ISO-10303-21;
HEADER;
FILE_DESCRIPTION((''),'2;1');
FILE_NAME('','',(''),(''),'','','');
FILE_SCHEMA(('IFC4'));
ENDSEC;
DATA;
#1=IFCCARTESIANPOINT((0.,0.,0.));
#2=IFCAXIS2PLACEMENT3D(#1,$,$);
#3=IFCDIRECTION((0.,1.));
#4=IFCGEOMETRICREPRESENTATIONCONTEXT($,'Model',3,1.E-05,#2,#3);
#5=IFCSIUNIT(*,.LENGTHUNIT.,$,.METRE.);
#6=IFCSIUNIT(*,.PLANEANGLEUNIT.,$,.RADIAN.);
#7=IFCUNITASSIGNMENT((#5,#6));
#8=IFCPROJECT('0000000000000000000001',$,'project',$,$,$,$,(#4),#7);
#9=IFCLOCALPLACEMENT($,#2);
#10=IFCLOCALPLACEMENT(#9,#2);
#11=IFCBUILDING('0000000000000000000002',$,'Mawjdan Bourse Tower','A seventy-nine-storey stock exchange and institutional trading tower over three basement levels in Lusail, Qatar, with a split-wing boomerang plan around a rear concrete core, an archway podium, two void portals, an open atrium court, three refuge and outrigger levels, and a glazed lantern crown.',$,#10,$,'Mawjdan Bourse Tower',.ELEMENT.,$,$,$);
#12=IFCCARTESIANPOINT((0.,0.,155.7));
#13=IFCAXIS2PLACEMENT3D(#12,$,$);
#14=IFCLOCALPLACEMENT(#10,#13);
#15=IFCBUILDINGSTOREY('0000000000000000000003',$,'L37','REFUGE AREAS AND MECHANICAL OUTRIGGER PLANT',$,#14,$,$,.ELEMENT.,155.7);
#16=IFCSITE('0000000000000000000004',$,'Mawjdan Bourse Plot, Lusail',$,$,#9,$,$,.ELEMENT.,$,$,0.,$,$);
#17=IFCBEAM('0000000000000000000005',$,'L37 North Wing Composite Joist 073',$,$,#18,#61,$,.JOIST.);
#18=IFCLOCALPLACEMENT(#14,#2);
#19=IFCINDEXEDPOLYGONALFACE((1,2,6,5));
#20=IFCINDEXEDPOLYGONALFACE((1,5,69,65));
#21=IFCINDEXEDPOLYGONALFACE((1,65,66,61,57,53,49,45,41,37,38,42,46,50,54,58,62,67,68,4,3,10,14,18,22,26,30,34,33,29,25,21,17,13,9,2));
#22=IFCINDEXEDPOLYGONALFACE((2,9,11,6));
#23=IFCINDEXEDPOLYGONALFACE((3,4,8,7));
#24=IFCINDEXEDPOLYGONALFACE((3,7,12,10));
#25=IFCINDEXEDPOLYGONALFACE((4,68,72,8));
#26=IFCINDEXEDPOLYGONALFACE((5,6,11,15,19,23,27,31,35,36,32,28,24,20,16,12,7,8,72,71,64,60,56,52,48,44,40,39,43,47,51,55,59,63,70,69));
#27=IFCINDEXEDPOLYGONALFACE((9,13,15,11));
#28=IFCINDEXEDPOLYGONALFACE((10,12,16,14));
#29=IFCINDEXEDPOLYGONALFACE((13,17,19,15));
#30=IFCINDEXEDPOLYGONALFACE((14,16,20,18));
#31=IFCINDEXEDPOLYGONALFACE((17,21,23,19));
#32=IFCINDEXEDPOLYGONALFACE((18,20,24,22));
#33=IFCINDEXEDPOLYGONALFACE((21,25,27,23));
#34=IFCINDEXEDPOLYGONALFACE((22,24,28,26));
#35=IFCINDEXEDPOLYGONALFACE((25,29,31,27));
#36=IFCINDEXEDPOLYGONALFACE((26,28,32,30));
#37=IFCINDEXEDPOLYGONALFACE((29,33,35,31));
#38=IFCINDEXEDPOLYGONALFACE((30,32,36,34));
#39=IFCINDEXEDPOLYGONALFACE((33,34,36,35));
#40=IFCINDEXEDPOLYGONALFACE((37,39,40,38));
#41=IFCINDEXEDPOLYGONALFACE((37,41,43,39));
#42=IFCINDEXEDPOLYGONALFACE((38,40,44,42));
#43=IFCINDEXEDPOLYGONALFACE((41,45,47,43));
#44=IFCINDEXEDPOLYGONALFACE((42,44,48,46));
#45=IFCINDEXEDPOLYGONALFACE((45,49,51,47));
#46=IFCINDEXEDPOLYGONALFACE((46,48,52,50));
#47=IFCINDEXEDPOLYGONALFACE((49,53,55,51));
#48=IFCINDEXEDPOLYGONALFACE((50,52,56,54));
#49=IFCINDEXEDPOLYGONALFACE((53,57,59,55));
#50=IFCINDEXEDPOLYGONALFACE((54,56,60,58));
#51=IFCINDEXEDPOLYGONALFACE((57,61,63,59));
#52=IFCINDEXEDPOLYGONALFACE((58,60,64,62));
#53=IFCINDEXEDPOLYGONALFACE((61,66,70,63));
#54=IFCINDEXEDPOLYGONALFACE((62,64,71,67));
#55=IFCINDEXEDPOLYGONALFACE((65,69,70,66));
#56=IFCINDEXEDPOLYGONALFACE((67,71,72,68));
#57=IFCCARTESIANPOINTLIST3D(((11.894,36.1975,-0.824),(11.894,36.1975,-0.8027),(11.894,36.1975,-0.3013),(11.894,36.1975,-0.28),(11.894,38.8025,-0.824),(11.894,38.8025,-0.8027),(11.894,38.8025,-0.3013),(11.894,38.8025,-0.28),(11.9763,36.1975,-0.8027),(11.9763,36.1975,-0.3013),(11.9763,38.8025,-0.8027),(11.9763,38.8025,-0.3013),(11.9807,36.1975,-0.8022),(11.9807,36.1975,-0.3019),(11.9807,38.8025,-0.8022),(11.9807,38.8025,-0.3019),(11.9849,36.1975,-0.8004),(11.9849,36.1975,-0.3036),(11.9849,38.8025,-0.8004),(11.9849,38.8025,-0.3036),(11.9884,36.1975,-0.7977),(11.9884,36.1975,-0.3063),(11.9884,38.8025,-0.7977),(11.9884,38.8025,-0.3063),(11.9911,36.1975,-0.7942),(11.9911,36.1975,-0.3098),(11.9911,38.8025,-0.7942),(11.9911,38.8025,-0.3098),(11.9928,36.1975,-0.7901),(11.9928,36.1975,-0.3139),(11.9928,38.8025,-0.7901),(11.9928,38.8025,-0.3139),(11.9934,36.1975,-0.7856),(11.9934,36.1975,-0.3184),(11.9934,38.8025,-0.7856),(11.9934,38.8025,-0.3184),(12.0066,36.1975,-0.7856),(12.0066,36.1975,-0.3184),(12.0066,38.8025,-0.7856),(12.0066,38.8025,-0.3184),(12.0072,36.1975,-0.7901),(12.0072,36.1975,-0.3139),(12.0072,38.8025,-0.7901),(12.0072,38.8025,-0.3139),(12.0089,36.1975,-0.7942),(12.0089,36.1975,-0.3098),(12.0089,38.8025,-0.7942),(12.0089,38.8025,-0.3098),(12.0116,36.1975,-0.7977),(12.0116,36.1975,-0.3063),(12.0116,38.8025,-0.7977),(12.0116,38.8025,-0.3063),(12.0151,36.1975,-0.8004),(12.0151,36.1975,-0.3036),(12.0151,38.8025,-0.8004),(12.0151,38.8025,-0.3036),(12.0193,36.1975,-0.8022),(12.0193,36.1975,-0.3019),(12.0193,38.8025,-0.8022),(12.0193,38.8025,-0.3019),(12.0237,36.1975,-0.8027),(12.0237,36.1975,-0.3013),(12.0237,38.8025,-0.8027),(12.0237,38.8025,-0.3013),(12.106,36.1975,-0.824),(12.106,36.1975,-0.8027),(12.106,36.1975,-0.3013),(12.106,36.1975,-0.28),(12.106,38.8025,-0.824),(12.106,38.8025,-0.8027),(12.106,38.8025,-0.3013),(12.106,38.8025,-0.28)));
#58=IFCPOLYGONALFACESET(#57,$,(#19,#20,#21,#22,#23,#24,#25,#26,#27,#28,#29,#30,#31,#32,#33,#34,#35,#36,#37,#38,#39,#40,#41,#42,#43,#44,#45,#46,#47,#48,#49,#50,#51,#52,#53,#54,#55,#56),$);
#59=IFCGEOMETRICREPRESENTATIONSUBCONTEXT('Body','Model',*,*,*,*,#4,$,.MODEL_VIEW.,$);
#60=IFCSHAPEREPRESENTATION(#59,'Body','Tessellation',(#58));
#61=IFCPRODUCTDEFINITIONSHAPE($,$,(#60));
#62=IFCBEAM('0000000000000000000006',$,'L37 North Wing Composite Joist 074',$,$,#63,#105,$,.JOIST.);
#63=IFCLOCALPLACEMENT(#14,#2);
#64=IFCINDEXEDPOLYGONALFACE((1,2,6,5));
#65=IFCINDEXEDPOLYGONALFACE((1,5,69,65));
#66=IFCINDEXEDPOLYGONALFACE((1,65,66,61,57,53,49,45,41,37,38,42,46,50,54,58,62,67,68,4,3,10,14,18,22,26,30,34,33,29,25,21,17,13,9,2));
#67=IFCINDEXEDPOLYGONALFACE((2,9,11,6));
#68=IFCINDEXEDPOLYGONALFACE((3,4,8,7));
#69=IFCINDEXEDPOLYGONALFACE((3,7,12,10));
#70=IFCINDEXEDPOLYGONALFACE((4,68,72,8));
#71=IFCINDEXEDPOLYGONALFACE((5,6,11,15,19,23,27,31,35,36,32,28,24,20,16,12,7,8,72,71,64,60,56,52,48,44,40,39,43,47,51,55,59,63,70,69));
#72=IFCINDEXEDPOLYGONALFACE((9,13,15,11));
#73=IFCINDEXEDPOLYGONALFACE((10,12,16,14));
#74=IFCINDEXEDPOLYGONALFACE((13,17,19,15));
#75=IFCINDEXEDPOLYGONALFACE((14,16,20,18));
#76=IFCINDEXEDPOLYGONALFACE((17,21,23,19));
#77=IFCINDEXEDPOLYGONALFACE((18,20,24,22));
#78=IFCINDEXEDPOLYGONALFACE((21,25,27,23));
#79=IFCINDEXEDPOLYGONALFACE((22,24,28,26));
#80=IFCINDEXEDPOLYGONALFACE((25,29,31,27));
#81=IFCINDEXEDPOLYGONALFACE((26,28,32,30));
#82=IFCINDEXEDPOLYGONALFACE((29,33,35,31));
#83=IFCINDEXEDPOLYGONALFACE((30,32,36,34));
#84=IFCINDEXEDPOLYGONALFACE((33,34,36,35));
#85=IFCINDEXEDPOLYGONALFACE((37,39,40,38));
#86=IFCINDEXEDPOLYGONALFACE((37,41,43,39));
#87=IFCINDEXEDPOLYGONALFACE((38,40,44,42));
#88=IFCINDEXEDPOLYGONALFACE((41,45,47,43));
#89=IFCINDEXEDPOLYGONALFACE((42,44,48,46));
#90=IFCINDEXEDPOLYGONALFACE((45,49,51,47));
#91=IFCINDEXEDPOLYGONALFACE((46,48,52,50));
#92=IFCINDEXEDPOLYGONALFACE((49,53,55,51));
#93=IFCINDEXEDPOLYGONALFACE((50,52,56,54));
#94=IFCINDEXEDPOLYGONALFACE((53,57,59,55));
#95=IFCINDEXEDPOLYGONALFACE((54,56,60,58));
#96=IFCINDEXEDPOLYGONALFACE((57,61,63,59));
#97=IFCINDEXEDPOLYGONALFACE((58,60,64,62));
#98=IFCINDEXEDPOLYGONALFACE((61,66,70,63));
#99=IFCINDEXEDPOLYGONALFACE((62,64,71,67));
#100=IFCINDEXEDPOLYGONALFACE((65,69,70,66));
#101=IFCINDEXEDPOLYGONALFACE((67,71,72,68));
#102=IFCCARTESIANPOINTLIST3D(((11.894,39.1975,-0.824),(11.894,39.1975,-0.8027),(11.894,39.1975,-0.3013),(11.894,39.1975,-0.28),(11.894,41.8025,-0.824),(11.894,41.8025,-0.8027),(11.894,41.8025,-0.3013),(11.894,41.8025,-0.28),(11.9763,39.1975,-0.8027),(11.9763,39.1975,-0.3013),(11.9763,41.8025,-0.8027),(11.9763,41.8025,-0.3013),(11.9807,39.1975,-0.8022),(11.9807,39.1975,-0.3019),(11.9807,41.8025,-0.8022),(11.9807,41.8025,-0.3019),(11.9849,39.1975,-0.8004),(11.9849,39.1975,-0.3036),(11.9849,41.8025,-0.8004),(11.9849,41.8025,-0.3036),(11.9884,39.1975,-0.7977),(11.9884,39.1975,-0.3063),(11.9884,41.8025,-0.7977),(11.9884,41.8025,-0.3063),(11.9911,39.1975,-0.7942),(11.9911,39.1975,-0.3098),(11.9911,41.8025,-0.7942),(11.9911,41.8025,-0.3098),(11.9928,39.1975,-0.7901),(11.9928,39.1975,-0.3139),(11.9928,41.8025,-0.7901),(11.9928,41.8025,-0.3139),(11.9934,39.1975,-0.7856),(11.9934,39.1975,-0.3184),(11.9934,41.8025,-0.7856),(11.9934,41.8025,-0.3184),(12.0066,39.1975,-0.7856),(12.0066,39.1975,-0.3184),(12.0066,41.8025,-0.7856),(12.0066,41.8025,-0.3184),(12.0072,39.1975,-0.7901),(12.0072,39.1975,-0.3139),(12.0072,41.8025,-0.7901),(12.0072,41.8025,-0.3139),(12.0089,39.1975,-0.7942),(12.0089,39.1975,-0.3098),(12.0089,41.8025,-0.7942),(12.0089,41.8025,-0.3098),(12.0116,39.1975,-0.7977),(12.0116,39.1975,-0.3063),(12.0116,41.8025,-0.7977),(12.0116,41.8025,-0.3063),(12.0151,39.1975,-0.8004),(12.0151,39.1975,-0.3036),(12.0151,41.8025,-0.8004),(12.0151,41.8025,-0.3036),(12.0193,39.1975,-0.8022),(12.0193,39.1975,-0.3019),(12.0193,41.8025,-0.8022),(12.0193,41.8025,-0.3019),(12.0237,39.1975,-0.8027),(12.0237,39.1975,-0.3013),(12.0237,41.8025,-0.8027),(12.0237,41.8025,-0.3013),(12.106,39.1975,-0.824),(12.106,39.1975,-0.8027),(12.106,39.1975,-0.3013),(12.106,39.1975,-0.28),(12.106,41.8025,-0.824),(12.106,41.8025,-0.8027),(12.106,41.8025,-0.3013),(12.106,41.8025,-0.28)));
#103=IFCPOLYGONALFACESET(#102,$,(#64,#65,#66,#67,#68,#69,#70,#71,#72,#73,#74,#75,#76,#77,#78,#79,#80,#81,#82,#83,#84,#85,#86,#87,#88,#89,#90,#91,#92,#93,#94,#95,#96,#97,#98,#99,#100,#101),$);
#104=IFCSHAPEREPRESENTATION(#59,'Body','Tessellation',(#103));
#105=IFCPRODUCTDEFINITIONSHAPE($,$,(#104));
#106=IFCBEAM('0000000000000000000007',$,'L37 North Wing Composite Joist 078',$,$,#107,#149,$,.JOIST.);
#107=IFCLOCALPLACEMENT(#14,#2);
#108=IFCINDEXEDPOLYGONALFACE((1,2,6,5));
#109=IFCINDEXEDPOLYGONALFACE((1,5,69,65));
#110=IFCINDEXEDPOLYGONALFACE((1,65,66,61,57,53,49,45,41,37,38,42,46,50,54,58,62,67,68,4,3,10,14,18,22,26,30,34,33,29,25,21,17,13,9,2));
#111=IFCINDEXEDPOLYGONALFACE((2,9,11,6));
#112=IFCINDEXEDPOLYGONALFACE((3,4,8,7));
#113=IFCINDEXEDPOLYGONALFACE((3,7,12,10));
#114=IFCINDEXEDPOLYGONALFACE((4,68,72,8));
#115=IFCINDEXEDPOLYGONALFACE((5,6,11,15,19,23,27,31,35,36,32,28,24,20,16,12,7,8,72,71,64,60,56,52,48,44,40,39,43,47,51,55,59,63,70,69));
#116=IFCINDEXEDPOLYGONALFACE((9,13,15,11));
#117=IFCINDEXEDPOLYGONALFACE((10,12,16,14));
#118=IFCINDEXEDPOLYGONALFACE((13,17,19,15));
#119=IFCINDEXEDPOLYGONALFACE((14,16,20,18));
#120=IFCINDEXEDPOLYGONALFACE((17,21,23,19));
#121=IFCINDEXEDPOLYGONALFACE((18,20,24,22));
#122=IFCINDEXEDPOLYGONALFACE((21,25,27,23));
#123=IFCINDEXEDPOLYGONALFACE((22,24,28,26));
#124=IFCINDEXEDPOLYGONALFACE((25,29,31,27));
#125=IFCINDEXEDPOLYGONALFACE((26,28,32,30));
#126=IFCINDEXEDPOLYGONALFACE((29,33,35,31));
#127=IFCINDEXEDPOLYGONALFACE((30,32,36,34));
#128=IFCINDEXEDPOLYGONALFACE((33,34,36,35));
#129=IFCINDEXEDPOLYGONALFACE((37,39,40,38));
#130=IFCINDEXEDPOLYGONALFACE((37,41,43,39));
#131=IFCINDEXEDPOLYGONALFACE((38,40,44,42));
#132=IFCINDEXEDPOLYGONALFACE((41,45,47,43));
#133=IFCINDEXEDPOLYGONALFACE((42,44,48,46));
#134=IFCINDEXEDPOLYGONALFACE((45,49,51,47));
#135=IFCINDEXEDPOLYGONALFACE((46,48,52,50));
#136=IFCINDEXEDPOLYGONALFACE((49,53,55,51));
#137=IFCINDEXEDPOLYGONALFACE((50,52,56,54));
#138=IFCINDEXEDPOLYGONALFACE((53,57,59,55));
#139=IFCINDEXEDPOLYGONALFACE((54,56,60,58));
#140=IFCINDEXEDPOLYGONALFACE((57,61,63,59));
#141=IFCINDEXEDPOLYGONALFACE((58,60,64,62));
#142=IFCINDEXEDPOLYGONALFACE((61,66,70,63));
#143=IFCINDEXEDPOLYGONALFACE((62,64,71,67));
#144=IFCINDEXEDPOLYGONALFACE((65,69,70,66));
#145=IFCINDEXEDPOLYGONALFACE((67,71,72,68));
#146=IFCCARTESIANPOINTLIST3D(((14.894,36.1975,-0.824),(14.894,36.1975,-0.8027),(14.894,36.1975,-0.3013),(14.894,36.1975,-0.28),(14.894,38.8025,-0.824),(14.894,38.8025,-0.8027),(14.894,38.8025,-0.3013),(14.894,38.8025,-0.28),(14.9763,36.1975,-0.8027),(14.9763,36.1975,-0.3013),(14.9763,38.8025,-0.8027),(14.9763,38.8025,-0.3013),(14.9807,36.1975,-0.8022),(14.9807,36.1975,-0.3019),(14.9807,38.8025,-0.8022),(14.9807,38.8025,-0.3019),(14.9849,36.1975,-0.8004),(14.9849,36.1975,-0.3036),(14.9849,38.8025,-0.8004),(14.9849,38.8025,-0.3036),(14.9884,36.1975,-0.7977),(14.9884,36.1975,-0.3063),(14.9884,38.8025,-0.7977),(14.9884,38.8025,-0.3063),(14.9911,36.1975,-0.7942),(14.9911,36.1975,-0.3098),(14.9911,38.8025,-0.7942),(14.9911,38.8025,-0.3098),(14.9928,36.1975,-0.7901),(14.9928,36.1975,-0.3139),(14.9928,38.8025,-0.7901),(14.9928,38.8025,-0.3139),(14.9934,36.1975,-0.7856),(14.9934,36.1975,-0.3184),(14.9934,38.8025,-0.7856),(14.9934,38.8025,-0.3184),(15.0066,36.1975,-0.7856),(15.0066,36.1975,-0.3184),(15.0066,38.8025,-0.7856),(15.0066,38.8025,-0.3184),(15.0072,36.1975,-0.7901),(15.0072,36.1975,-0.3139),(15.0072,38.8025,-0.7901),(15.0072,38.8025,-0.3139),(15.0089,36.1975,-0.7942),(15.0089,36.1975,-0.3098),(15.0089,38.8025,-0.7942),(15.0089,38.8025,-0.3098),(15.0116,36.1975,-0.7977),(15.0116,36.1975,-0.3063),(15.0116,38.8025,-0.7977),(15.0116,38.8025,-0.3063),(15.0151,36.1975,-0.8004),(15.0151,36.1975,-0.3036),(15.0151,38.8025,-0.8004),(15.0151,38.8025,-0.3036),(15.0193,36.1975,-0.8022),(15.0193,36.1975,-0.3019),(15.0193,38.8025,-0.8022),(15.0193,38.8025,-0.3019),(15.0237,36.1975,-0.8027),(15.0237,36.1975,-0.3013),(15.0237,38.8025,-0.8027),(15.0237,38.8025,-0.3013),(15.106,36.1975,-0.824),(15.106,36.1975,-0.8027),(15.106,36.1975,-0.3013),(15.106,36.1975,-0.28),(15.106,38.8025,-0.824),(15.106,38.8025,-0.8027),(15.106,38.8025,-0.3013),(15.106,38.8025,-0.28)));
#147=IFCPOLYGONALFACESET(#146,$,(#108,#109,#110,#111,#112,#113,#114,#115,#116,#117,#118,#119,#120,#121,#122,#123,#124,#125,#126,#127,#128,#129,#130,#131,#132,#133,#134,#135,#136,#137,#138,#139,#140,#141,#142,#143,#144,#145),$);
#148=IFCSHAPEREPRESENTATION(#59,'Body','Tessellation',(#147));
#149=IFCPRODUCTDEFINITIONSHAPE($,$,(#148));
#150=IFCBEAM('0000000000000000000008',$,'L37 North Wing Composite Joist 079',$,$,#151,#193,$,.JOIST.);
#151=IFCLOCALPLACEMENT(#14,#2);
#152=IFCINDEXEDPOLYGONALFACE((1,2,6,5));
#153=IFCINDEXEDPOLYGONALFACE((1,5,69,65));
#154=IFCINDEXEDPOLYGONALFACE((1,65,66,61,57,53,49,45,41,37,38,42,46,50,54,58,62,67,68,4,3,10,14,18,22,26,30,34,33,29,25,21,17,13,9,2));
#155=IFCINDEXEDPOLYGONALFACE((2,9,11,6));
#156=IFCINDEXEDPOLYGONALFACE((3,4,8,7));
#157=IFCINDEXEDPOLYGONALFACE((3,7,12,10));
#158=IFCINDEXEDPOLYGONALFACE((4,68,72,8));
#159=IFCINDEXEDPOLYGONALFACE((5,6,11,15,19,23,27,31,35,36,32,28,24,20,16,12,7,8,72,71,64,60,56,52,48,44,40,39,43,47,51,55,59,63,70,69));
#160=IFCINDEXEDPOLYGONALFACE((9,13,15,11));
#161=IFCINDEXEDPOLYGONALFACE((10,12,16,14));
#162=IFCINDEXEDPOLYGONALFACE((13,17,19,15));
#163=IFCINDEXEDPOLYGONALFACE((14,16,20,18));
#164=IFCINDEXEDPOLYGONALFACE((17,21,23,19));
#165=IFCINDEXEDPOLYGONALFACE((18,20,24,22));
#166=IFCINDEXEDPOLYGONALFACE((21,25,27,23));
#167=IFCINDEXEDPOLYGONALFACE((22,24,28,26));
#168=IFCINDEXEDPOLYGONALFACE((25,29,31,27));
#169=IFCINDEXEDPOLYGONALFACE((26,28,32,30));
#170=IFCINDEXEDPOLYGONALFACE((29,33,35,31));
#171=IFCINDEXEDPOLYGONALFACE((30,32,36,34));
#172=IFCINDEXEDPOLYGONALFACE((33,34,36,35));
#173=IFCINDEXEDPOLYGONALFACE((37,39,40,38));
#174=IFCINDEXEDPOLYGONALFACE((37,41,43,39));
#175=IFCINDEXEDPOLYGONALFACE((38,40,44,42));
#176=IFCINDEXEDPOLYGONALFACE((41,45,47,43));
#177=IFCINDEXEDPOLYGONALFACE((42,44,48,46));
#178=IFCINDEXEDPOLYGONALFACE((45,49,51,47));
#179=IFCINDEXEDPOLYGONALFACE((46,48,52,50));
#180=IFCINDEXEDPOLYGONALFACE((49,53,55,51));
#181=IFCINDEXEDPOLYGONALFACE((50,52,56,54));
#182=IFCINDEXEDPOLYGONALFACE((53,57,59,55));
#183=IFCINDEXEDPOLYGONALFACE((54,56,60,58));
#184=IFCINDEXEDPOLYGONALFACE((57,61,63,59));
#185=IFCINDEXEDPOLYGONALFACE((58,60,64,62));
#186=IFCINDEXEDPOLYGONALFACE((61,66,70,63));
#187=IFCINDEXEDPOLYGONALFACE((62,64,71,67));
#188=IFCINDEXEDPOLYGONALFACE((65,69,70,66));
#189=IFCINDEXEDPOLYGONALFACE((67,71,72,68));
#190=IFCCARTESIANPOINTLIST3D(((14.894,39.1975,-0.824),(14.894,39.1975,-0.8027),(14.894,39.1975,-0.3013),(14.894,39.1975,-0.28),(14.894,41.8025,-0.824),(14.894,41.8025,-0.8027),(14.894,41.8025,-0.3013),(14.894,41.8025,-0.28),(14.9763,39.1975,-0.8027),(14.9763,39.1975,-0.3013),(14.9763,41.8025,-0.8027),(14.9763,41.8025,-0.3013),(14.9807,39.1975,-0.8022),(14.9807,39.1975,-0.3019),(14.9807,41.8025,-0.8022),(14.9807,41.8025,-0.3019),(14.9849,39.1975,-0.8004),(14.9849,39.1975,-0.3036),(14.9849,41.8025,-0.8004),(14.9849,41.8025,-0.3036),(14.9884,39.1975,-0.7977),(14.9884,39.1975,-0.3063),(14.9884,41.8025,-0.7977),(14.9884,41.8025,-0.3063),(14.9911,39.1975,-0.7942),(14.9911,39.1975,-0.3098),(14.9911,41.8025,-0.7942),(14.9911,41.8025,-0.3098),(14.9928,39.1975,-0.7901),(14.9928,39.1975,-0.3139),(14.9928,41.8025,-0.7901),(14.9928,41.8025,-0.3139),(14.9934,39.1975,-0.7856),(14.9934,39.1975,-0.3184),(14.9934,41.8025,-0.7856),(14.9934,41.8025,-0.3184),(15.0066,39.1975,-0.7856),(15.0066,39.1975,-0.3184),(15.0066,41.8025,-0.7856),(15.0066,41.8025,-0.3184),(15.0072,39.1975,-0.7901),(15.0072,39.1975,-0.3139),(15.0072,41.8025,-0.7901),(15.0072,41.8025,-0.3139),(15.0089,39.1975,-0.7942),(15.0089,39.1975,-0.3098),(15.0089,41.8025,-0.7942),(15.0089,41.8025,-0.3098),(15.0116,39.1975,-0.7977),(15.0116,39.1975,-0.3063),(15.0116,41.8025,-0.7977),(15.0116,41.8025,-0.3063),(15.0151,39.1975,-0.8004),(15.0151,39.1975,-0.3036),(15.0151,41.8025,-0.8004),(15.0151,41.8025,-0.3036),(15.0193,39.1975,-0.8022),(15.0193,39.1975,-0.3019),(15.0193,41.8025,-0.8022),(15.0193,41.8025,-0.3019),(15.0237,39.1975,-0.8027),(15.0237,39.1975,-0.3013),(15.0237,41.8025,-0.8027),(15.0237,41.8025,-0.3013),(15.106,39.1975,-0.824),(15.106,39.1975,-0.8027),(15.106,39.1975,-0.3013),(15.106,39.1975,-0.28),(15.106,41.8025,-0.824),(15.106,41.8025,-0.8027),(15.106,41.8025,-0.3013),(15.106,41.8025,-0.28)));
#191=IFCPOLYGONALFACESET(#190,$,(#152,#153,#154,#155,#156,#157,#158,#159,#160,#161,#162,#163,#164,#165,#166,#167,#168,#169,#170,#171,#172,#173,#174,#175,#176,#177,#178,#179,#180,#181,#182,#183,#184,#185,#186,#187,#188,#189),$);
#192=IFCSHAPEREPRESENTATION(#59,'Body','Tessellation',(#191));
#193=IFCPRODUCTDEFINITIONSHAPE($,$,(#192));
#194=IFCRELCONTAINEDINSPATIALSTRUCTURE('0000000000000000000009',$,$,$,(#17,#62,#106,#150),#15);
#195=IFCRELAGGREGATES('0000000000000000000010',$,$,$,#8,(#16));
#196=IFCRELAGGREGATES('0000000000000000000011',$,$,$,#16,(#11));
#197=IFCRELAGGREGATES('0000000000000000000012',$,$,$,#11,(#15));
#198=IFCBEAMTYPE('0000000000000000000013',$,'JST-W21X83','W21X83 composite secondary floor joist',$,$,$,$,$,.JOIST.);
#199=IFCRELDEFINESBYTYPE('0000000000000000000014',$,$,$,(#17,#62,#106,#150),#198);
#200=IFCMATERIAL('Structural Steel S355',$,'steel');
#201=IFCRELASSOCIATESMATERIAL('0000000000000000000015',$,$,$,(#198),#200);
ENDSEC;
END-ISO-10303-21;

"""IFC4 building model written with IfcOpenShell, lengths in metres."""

from ifc_helpers import new_model, si_unit, direction, frame, origin, origin_2d, place, context, subcontext, project, spatial, i_section, extrude, material, material_profile, profile_set, type_object, element, save


model = new_model("IFC4")

# Units and contexts
model_context = context("Model", 3, precision=1e-05, world=origin(), true_north=direction((0.0, 1.0)))
body_context = subcontext(model_context, "Body", "Model", "MODEL_VIEW")
ifc_project = project(units=[si_unit("LENGTHUNIT", "METRE"), si_unit("PLANEANGLEUNIT", "RADIAN")], contexts=[model_context])

# Site, building, storey
site_placement = place(None, origin())
site = spatial("IfcSite", under=ifc_project, at=site_placement, Name="Mawjdan Bourse Plot, Lusail", CompositionType="ELEMENT", RefElevation=0.0)
building_placement = place(site_placement, origin())
building = spatial("IfcBuilding", under=site, at=building_placement, Name="Mawjdan Bourse Tower", Description="A seventy-nine-storey stock exchange and institutional trading tower over three basement levels in Lusail, Qatar, with a split-wing boomerang plan around a rear concrete core, an archway podium, two void portals, an open atrium court, three refuge and outrigger levels, and a glazed lantern crown.", LongName="Mawjdan Bourse Tower", CompositionType="ELEMENT")
storey_placement = place(building_placement, frame((0.0, 0.0, 155.7)))
storey = spatial("IfcBuildingStorey", under=building, at=storey_placement, Name="L37", Description="REFUGE AREAS AND MECHANICAL OUTRIGGER PLANT", CompositionType="ELEMENT", Elevation=155.7)

# Beams
ifc_material_1 = material(Name="Structural Steel S355", Category="steel")
ifc_material_profile_1 = material_profile(ifc_material_1, i_section(OverallWidth=0.2119, OverallDepth=0.5439, WebThickness=0.0132, FlangeThickness=0.0212, FilletRadius=0.0171, at=origin_2d()), Name="W21X83")
ifc_profile_set_1 = profile_set([ifc_material_profile_1], Name="Structural Steel S355")
beam_type_1 = type_object("IfcBeamType", Name="JST-W21X83", Description="W21X83 composite secondary floor joist", PredefinedType="JOIST", material=ifc_profile_set_1)
for number, where, z_axis, x_axis, name in (
    (1, (12.0, 36.1975, -0.552), (0.0, 1.0, 0.0), (-1.0, 0.0, 0.0), "L37 North Wing Composite Joist 073"),
    (2, (12.0, 39.1975, -0.552), (0.0, 1.0, 0.0), (-1.0, 0.0, 0.0), "L37 North Wing Composite Joist 074"),
    (3, (15.0, 36.1975, -0.552), (0.0, 1.0, 0.0), (-1.0, 0.0, 0.0), "L37 North Wing Composite Joist 078"),
    (4, (15.0, 39.1975, -0.552), (0.0, 1.0, 0.0), (-1.0, 0.0, 0.0), "L37 North Wing Composite Joist 079"),
):
    element("IfcBeam", number, at=place(storey_placement, frame(where, z_axis=z_axis, x_axis=x_axis)), inside=storey, type_object=beam_type_1, Name=name, PredefinedType="JOIST", context=body_context, shape_type="SweptSolid", body=[
        extrude(i_section(OverallWidth=0.2119, OverallDepth=0.5439, WebThickness=0.0132, FlangeThickness=0.0212, FilletRadius=0.0171, at=origin_2d()), origin(), (0.0, 0.0, 1.0), 2.605),
    ])

save(model, "model.ifc")
